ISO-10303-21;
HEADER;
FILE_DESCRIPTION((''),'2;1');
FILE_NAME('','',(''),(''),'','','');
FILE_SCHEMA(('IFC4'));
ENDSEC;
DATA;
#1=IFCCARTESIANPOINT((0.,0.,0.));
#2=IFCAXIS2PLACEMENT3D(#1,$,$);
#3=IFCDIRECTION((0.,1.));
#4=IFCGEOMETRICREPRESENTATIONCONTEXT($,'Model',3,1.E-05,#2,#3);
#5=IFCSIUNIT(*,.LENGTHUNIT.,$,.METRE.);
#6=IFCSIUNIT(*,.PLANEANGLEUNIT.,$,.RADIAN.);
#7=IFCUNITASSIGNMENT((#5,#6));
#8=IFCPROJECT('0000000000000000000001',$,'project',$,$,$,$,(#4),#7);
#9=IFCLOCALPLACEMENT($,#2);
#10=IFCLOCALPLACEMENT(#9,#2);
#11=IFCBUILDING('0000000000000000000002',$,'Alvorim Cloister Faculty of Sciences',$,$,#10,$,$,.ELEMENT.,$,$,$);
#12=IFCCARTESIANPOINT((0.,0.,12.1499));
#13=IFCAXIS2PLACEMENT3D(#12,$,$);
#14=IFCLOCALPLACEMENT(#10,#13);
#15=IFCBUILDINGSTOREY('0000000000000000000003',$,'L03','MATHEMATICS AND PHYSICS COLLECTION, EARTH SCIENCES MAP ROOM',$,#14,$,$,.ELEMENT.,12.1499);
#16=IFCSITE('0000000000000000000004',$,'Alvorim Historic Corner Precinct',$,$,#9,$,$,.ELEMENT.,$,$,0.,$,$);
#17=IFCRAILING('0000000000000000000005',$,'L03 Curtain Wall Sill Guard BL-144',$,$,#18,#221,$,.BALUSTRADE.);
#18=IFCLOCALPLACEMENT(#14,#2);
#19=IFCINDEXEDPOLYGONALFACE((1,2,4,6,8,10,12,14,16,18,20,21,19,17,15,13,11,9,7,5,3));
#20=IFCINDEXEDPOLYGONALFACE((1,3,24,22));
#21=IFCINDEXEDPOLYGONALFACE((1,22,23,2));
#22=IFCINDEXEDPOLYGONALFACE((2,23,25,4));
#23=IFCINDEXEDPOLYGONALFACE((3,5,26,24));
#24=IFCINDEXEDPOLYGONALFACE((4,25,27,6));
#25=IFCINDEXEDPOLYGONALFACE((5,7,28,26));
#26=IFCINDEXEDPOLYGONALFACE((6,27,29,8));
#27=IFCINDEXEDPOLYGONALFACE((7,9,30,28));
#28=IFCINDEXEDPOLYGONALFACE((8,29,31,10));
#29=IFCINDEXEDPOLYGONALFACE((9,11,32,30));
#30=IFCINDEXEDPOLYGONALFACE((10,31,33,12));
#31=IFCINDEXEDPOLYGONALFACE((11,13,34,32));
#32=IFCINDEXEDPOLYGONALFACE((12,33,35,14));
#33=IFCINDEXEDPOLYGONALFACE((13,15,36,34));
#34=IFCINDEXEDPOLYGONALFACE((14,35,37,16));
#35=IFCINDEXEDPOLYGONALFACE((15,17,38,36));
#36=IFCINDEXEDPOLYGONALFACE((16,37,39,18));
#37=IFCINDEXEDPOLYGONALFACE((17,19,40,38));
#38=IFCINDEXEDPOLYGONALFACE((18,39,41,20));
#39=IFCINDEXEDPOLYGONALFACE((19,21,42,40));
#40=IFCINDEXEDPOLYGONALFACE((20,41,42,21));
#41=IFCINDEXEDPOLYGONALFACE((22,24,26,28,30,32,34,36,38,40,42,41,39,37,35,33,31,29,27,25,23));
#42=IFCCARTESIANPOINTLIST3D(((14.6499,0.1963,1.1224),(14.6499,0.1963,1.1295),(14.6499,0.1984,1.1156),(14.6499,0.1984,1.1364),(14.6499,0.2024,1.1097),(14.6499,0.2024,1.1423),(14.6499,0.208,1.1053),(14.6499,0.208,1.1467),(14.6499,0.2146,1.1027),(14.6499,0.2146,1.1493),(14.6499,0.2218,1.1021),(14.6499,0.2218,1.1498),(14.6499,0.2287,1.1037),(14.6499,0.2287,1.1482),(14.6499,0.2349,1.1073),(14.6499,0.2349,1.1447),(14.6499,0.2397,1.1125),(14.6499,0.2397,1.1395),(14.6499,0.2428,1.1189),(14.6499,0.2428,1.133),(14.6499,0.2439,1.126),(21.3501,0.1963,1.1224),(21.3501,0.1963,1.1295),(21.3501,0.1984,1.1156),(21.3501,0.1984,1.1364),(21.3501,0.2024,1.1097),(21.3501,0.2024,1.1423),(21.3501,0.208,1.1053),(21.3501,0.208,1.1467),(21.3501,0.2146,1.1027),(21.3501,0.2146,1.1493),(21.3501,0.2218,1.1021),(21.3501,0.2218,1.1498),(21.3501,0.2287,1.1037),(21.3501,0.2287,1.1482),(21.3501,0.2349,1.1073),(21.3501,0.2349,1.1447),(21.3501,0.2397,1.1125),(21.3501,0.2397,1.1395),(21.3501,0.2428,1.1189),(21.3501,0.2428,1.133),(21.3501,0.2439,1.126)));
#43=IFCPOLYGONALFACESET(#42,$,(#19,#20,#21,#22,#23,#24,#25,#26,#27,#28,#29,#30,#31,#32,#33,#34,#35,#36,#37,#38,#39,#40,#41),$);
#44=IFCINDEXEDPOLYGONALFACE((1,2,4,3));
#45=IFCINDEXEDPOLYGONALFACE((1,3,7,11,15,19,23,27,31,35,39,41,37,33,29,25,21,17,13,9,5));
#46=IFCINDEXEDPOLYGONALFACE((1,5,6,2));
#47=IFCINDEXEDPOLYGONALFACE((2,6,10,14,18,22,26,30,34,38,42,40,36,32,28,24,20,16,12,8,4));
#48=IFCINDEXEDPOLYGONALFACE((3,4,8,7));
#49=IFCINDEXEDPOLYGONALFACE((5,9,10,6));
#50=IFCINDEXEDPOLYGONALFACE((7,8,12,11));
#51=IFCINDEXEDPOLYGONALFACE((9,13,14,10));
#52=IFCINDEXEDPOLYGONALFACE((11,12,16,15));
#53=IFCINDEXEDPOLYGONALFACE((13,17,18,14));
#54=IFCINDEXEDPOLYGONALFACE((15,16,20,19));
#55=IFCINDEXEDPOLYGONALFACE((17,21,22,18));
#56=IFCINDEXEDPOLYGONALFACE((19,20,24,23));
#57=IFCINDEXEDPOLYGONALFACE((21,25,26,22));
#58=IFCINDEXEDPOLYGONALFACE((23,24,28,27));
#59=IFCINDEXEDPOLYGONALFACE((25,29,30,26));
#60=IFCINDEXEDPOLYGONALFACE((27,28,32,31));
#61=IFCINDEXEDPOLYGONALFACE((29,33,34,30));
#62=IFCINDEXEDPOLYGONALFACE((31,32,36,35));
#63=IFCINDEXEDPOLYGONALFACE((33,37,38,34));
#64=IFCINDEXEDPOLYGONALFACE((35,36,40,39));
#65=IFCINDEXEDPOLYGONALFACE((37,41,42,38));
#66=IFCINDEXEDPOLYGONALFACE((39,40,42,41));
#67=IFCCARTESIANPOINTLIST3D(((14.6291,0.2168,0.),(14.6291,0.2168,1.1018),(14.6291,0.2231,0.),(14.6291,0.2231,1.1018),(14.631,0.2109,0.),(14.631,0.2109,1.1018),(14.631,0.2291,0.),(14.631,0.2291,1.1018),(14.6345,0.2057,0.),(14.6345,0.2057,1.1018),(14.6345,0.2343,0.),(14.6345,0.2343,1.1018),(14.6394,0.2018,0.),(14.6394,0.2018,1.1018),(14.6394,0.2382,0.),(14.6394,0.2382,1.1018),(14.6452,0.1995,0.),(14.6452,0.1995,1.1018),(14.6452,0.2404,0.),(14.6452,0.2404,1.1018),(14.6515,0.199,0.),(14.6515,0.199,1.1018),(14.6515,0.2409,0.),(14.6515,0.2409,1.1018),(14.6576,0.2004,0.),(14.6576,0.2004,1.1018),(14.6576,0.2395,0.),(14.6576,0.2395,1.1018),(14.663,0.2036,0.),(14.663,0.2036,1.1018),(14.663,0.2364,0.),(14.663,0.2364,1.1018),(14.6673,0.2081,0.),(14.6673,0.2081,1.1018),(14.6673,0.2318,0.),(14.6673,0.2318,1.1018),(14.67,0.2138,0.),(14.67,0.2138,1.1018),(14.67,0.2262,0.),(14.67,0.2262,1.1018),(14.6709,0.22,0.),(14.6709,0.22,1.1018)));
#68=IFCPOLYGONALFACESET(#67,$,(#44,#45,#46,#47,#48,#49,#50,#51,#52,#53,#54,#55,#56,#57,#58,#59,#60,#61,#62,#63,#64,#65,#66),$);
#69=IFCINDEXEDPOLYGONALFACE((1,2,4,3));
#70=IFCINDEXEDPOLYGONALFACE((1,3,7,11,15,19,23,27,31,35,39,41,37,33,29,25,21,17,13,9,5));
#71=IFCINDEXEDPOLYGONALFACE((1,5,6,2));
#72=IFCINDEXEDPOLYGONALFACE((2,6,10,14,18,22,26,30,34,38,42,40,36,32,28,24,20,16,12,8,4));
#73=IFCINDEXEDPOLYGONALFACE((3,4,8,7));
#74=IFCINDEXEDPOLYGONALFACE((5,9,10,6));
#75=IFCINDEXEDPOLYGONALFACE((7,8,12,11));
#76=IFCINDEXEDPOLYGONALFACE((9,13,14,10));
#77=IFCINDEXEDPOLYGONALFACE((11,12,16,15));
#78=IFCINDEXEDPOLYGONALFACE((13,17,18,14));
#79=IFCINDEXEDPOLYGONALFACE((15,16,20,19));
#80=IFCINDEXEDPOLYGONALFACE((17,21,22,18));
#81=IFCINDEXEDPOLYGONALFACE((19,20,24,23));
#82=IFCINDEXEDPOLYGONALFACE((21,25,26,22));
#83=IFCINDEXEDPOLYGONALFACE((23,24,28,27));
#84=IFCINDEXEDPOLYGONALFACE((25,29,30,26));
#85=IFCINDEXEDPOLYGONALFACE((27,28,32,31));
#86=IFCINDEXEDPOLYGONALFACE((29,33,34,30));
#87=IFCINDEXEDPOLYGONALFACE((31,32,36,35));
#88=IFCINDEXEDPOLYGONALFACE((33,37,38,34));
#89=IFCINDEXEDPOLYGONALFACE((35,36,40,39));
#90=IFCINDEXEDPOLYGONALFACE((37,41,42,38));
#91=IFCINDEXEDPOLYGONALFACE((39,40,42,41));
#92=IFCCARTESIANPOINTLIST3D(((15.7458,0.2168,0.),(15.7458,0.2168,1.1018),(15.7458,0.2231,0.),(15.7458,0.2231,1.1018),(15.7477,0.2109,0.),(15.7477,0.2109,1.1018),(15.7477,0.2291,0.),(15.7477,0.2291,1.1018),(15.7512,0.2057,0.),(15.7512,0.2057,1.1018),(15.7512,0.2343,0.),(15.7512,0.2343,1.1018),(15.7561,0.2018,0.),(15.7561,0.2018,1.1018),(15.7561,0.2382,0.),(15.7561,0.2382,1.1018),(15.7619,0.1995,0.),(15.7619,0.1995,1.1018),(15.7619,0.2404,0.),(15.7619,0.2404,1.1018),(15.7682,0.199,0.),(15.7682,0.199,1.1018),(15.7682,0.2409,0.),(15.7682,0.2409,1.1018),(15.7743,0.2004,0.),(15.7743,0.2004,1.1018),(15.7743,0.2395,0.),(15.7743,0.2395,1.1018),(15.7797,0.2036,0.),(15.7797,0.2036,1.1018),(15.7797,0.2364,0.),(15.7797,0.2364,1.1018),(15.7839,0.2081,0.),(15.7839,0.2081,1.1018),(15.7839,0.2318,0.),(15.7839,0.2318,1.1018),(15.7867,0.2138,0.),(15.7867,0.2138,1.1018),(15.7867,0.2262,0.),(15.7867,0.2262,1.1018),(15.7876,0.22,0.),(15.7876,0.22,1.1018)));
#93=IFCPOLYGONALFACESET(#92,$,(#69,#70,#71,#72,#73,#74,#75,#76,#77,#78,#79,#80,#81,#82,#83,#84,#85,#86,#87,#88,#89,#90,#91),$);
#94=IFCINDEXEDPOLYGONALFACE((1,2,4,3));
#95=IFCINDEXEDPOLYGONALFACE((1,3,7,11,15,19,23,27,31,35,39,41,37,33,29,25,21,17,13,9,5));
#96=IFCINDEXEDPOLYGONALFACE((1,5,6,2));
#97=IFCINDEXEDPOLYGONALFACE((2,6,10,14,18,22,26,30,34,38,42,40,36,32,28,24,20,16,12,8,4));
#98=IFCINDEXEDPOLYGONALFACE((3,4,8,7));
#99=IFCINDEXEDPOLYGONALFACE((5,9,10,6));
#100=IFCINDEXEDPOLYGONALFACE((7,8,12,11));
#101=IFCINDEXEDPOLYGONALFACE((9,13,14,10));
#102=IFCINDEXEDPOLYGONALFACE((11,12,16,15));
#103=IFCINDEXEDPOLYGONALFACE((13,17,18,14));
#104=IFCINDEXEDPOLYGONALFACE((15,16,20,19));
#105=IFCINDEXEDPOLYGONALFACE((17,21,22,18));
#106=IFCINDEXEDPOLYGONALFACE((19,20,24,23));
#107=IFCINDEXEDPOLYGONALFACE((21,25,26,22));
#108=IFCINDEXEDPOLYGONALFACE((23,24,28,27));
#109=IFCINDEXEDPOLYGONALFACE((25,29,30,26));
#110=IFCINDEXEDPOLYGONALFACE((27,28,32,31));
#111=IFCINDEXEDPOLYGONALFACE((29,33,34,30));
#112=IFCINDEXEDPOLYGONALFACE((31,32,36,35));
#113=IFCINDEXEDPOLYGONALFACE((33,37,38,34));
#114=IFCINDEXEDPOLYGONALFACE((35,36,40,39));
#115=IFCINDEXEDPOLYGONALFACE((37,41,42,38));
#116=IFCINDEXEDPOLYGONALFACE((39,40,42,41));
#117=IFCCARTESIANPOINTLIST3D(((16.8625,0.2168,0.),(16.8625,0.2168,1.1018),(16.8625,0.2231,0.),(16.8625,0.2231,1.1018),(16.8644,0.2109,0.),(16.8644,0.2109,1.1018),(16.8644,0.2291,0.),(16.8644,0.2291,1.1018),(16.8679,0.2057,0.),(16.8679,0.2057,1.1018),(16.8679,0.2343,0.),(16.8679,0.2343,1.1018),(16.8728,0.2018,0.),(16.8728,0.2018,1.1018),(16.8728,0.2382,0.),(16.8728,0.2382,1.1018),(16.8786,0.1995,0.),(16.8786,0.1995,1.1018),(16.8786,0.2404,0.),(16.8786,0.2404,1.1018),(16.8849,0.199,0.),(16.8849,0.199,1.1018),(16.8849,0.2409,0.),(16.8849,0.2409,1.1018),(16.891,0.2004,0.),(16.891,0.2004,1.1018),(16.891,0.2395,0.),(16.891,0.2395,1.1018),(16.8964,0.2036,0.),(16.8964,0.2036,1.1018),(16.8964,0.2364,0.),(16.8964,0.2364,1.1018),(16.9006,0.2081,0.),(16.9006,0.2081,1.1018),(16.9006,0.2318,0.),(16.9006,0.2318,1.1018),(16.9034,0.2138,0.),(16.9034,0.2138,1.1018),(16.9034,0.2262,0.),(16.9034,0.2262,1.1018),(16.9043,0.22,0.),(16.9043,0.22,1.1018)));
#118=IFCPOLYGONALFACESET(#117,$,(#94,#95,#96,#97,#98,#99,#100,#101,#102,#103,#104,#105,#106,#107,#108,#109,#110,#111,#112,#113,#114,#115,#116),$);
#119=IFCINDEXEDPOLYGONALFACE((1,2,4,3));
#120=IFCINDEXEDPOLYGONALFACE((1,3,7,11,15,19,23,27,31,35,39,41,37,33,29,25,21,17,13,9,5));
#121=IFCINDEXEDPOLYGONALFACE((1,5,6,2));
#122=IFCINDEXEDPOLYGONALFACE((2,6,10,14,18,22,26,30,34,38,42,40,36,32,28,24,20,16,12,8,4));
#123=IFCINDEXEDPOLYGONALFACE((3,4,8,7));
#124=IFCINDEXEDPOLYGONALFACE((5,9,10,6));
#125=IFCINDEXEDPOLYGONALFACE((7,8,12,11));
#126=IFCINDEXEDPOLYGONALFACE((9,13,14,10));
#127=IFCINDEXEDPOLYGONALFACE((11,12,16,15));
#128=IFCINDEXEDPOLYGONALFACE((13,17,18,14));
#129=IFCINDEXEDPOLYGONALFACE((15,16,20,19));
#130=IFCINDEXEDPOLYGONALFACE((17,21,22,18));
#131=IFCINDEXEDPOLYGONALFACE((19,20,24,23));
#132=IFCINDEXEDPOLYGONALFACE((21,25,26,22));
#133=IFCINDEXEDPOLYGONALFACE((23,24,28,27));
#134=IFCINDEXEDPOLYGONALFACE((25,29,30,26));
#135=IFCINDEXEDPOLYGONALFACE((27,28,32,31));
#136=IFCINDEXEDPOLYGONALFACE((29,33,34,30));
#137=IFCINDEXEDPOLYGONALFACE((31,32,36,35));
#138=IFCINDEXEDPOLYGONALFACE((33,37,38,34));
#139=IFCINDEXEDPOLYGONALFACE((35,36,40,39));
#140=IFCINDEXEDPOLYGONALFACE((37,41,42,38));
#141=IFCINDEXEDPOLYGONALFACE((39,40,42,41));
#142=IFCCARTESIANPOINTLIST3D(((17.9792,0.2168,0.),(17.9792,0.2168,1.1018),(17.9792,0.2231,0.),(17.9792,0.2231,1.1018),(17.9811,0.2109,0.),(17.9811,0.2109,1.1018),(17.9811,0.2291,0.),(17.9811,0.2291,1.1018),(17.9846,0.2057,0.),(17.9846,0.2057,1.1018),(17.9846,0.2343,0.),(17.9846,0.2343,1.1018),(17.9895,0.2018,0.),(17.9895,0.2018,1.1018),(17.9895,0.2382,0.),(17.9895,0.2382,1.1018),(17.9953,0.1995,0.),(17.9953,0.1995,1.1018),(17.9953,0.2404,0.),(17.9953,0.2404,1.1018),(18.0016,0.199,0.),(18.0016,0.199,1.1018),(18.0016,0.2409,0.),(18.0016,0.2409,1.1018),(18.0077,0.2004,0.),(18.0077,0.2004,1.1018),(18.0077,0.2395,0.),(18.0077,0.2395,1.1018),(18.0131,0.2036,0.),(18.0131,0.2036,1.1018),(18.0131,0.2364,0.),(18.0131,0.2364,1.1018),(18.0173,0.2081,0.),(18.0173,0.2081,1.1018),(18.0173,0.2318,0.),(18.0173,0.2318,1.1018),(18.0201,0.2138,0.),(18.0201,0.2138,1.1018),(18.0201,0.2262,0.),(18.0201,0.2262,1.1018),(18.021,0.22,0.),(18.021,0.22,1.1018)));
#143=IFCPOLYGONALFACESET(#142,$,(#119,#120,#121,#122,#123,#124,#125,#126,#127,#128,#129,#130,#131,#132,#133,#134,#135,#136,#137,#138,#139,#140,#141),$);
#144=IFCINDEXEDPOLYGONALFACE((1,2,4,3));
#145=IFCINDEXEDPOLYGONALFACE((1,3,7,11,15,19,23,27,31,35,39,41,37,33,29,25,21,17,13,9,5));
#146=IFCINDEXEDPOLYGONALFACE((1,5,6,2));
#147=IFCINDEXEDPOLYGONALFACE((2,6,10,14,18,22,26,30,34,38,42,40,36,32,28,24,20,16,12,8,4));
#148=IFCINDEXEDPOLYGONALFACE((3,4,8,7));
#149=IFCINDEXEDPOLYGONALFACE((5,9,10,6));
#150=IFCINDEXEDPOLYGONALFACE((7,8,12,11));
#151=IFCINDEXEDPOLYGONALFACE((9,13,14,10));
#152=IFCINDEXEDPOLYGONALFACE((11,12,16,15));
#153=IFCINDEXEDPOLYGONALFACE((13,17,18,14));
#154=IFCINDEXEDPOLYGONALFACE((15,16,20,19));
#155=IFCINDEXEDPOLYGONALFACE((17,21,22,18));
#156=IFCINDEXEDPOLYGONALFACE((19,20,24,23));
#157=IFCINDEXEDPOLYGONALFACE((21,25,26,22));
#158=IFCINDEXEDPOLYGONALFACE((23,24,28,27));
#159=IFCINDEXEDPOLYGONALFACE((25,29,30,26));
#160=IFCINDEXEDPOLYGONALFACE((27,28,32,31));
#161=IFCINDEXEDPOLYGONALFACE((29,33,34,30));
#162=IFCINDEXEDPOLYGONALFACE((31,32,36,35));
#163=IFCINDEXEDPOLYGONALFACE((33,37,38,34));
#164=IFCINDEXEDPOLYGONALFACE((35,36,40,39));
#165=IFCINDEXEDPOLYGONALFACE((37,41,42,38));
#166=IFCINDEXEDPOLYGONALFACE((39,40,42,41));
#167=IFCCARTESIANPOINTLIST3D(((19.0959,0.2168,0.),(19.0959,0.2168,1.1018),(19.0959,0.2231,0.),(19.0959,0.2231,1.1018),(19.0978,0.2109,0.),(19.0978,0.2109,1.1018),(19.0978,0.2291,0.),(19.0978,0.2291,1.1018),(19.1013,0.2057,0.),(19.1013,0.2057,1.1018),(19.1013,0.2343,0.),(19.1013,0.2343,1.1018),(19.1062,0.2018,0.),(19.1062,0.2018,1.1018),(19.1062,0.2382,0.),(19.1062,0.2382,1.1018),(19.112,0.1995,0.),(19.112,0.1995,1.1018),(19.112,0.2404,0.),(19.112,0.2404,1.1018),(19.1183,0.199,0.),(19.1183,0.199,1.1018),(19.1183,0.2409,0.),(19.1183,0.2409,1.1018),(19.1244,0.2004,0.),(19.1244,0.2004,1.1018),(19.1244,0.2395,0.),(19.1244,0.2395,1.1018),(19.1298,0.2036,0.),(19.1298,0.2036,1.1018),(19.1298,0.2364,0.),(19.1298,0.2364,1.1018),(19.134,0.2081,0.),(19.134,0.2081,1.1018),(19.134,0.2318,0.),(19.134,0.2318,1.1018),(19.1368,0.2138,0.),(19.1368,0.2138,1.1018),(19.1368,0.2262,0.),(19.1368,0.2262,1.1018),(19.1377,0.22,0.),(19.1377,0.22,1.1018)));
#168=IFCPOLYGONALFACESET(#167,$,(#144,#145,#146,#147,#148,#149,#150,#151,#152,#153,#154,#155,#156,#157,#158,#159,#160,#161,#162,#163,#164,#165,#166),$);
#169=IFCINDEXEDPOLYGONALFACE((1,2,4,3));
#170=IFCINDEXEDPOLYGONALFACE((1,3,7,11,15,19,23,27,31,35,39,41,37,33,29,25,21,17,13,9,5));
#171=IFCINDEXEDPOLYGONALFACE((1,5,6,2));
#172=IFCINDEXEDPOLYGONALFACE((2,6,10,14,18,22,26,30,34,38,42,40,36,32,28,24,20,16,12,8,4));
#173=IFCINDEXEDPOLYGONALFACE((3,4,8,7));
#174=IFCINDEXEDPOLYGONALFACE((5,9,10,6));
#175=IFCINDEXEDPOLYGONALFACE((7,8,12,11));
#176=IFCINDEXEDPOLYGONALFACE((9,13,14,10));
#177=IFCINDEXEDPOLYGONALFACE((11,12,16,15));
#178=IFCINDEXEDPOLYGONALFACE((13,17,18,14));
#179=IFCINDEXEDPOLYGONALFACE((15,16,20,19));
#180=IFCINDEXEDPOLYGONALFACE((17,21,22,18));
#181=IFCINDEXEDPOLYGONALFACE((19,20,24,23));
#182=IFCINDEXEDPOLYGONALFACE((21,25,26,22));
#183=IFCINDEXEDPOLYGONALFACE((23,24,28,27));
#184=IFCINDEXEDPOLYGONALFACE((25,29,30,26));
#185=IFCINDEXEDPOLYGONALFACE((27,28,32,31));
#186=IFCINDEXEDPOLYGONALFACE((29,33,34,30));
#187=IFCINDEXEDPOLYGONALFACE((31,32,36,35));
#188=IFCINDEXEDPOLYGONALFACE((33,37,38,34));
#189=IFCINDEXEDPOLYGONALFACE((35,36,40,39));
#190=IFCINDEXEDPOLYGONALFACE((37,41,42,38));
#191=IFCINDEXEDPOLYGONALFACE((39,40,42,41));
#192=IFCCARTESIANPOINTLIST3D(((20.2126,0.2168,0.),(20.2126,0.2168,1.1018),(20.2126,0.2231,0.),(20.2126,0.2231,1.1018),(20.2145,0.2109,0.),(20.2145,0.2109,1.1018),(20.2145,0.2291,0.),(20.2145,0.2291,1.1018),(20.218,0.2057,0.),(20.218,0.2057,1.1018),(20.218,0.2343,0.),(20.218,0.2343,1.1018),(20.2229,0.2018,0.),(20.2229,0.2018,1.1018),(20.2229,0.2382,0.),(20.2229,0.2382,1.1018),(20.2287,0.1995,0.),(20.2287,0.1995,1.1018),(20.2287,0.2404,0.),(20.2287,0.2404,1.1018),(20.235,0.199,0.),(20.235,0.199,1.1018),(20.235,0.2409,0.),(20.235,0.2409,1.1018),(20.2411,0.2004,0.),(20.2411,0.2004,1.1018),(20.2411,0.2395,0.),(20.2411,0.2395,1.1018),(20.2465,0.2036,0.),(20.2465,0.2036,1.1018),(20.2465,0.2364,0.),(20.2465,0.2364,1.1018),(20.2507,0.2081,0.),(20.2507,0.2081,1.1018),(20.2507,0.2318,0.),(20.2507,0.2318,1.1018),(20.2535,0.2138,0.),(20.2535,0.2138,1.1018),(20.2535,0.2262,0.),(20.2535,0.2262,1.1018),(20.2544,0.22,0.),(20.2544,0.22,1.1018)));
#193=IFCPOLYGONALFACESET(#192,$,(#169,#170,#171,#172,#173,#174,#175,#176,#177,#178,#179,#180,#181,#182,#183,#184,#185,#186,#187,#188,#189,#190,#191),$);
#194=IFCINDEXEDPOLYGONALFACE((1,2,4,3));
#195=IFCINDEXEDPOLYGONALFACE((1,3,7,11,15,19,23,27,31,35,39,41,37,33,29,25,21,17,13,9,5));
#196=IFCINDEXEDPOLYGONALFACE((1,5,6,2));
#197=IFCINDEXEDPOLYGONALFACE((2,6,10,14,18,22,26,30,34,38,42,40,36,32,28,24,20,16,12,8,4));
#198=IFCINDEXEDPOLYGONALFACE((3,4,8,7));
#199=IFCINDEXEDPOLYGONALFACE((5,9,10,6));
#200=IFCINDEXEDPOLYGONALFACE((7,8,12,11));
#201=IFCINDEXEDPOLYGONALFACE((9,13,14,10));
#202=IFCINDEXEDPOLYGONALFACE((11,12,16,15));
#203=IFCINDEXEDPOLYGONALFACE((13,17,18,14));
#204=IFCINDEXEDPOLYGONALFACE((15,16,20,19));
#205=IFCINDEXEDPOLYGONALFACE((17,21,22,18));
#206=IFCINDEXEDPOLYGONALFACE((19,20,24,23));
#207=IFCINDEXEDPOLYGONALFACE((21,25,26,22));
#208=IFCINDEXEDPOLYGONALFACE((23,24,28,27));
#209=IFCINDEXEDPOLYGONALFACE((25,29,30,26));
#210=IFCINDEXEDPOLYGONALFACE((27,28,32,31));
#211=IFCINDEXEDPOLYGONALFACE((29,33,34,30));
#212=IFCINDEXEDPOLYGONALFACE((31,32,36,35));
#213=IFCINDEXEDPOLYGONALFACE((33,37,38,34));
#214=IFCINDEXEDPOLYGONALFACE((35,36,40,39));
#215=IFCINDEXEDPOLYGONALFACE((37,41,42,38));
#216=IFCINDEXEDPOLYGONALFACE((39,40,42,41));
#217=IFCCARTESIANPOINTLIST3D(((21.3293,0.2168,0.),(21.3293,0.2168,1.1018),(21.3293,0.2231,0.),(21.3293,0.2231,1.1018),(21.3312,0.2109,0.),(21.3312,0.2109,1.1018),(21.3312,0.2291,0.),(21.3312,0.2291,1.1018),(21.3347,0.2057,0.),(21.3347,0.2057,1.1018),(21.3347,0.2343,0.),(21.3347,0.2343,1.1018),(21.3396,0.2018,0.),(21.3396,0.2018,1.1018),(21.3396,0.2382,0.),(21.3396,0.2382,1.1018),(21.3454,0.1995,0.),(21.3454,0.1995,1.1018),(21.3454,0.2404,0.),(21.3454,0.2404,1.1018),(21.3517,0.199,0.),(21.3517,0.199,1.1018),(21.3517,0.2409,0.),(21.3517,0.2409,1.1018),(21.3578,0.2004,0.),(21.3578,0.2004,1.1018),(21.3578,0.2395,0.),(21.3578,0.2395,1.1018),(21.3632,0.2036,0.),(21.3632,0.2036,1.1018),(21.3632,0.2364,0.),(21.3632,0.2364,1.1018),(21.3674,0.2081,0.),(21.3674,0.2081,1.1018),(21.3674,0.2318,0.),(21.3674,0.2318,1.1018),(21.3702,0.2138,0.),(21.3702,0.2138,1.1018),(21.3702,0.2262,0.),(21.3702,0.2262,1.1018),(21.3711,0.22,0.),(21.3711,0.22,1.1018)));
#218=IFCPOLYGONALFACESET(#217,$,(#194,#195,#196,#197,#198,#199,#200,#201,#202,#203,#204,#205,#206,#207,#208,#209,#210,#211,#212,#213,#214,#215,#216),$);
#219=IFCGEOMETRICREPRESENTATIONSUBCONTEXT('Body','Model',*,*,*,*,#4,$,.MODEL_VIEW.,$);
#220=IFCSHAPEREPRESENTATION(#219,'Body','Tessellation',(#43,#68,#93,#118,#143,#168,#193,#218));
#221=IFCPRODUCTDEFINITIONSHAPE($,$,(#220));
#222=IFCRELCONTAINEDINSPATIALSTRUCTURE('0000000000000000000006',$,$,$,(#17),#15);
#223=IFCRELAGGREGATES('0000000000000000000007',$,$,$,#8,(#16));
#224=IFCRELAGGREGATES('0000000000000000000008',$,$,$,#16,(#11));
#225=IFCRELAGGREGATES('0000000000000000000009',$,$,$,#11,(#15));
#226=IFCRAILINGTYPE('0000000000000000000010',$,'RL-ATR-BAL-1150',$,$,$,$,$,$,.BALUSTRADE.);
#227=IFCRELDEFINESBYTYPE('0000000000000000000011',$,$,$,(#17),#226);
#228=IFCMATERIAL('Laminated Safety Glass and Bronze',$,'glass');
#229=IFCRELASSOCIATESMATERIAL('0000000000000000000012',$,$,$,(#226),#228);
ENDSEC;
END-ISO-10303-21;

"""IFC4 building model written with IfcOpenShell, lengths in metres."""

from ifc_helpers import new_model, si_unit, direction, frame, origin, origin_2d, place, context, subcontext, project, spatial, circle, extrude, material, type_object, element, save


model = new_model("IFC4")

# Units and contexts
model_context = context("Model", 3, precision=1e-05, world=origin(), true_north=direction((0.0, 1.0)))
body_context = subcontext(model_context, "Body", "Model", "MODEL_VIEW")
ifc_project = project(units=[si_unit("LENGTHUNIT", "METRE"), si_unit("PLANEANGLEUNIT", "RADIAN")], contexts=[model_context])

# Site, building, storey
site_placement = place(None, origin())
site = spatial("IfcSite", under=ifc_project, at=site_placement, Name="Alvorim Historic Corner Precinct", CompositionType="ELEMENT", RefElevation=0.0)
building_placement = place(site_placement, origin())
building = spatial("IfcBuilding", under=site, at=building_placement, Name="Alvorim Cloister Faculty of Sciences", CompositionType="ELEMENT")
storey_placement = place(building_placement, frame((0.0, 0.0, 12.1499)))
storey = spatial("IfcBuildingStorey", under=building, at=storey_placement, Name="L03", Description="MATHEMATICS AND PHYSICS COLLECTION, EARTH SCIENCES MAP ROOM", CompositionType="ELEMENT", Elevation=12.1499)

# Railing
ifc_material_1 = material(Name="Laminated Safety Glass and Bronze", Category="glass")
railing_type = type_object("IfcRailingType", Name="RL-ATR-BAL-1150", PredefinedType="BALUSTRADE", material=ifc_material_1)
railing_placement = place(storey_placement, frame((14.6499, 0.22, 0.0)))
element("IfcRailing", 1, at=railing_placement, inside=storey, type_object=railing_type, Name="L03 Curtain Wall Sill Guard BL-144", PredefinedType="BALUSTRADE", context=body_context, shape_type="SweptSolid", body=[
    extrude(circle(Radius=0.0239, at=origin_2d()), frame((0.0, 0.0, 1.126), z_axis=(1.0, 0.0, 0.0), x_axis=(0.0, 1.0, 0.0)), (0.0, 0.0, 1.0), 6.7002),
    extrude(circle(Radius=0.021, at=origin_2d()), origin(), (0.0, 0.0, 1.0), 1.1018),
    extrude(circle(Radius=0.021, at=origin_2d()), frame((1.1167, 0.0, 0.0)), (0.0, 0.0, 1.0), 1.1018),
    extrude(circle(Radius=0.021, at=origin_2d()), frame((2.2334, 0.0, 0.0)), (0.0, 0.0, 1.0), 1.1018),
    extrude(circle(Radius=0.021, at=origin_2d()), frame((3.3501, 0.0, 0.0)), (0.0, 0.0, 1.0), 1.1018),
    extrude(circle(Radius=0.021, at=origin_2d()), frame((4.4668, 0.0, 0.0)), (0.0, 0.0, 1.0), 1.1018),
    extrude(circle(Radius=0.021, at=origin_2d()), frame((5.5835, 0.0, 0.0)), (0.0, 0.0, 1.0), 1.1018),
    extrude(circle(Radius=0.021, at=origin_2d()), frame((6.7002, 0.0, 0.0)), (0.0, 0.0, 1.0), 1.1018),
])

save(model, "model.ifc")
